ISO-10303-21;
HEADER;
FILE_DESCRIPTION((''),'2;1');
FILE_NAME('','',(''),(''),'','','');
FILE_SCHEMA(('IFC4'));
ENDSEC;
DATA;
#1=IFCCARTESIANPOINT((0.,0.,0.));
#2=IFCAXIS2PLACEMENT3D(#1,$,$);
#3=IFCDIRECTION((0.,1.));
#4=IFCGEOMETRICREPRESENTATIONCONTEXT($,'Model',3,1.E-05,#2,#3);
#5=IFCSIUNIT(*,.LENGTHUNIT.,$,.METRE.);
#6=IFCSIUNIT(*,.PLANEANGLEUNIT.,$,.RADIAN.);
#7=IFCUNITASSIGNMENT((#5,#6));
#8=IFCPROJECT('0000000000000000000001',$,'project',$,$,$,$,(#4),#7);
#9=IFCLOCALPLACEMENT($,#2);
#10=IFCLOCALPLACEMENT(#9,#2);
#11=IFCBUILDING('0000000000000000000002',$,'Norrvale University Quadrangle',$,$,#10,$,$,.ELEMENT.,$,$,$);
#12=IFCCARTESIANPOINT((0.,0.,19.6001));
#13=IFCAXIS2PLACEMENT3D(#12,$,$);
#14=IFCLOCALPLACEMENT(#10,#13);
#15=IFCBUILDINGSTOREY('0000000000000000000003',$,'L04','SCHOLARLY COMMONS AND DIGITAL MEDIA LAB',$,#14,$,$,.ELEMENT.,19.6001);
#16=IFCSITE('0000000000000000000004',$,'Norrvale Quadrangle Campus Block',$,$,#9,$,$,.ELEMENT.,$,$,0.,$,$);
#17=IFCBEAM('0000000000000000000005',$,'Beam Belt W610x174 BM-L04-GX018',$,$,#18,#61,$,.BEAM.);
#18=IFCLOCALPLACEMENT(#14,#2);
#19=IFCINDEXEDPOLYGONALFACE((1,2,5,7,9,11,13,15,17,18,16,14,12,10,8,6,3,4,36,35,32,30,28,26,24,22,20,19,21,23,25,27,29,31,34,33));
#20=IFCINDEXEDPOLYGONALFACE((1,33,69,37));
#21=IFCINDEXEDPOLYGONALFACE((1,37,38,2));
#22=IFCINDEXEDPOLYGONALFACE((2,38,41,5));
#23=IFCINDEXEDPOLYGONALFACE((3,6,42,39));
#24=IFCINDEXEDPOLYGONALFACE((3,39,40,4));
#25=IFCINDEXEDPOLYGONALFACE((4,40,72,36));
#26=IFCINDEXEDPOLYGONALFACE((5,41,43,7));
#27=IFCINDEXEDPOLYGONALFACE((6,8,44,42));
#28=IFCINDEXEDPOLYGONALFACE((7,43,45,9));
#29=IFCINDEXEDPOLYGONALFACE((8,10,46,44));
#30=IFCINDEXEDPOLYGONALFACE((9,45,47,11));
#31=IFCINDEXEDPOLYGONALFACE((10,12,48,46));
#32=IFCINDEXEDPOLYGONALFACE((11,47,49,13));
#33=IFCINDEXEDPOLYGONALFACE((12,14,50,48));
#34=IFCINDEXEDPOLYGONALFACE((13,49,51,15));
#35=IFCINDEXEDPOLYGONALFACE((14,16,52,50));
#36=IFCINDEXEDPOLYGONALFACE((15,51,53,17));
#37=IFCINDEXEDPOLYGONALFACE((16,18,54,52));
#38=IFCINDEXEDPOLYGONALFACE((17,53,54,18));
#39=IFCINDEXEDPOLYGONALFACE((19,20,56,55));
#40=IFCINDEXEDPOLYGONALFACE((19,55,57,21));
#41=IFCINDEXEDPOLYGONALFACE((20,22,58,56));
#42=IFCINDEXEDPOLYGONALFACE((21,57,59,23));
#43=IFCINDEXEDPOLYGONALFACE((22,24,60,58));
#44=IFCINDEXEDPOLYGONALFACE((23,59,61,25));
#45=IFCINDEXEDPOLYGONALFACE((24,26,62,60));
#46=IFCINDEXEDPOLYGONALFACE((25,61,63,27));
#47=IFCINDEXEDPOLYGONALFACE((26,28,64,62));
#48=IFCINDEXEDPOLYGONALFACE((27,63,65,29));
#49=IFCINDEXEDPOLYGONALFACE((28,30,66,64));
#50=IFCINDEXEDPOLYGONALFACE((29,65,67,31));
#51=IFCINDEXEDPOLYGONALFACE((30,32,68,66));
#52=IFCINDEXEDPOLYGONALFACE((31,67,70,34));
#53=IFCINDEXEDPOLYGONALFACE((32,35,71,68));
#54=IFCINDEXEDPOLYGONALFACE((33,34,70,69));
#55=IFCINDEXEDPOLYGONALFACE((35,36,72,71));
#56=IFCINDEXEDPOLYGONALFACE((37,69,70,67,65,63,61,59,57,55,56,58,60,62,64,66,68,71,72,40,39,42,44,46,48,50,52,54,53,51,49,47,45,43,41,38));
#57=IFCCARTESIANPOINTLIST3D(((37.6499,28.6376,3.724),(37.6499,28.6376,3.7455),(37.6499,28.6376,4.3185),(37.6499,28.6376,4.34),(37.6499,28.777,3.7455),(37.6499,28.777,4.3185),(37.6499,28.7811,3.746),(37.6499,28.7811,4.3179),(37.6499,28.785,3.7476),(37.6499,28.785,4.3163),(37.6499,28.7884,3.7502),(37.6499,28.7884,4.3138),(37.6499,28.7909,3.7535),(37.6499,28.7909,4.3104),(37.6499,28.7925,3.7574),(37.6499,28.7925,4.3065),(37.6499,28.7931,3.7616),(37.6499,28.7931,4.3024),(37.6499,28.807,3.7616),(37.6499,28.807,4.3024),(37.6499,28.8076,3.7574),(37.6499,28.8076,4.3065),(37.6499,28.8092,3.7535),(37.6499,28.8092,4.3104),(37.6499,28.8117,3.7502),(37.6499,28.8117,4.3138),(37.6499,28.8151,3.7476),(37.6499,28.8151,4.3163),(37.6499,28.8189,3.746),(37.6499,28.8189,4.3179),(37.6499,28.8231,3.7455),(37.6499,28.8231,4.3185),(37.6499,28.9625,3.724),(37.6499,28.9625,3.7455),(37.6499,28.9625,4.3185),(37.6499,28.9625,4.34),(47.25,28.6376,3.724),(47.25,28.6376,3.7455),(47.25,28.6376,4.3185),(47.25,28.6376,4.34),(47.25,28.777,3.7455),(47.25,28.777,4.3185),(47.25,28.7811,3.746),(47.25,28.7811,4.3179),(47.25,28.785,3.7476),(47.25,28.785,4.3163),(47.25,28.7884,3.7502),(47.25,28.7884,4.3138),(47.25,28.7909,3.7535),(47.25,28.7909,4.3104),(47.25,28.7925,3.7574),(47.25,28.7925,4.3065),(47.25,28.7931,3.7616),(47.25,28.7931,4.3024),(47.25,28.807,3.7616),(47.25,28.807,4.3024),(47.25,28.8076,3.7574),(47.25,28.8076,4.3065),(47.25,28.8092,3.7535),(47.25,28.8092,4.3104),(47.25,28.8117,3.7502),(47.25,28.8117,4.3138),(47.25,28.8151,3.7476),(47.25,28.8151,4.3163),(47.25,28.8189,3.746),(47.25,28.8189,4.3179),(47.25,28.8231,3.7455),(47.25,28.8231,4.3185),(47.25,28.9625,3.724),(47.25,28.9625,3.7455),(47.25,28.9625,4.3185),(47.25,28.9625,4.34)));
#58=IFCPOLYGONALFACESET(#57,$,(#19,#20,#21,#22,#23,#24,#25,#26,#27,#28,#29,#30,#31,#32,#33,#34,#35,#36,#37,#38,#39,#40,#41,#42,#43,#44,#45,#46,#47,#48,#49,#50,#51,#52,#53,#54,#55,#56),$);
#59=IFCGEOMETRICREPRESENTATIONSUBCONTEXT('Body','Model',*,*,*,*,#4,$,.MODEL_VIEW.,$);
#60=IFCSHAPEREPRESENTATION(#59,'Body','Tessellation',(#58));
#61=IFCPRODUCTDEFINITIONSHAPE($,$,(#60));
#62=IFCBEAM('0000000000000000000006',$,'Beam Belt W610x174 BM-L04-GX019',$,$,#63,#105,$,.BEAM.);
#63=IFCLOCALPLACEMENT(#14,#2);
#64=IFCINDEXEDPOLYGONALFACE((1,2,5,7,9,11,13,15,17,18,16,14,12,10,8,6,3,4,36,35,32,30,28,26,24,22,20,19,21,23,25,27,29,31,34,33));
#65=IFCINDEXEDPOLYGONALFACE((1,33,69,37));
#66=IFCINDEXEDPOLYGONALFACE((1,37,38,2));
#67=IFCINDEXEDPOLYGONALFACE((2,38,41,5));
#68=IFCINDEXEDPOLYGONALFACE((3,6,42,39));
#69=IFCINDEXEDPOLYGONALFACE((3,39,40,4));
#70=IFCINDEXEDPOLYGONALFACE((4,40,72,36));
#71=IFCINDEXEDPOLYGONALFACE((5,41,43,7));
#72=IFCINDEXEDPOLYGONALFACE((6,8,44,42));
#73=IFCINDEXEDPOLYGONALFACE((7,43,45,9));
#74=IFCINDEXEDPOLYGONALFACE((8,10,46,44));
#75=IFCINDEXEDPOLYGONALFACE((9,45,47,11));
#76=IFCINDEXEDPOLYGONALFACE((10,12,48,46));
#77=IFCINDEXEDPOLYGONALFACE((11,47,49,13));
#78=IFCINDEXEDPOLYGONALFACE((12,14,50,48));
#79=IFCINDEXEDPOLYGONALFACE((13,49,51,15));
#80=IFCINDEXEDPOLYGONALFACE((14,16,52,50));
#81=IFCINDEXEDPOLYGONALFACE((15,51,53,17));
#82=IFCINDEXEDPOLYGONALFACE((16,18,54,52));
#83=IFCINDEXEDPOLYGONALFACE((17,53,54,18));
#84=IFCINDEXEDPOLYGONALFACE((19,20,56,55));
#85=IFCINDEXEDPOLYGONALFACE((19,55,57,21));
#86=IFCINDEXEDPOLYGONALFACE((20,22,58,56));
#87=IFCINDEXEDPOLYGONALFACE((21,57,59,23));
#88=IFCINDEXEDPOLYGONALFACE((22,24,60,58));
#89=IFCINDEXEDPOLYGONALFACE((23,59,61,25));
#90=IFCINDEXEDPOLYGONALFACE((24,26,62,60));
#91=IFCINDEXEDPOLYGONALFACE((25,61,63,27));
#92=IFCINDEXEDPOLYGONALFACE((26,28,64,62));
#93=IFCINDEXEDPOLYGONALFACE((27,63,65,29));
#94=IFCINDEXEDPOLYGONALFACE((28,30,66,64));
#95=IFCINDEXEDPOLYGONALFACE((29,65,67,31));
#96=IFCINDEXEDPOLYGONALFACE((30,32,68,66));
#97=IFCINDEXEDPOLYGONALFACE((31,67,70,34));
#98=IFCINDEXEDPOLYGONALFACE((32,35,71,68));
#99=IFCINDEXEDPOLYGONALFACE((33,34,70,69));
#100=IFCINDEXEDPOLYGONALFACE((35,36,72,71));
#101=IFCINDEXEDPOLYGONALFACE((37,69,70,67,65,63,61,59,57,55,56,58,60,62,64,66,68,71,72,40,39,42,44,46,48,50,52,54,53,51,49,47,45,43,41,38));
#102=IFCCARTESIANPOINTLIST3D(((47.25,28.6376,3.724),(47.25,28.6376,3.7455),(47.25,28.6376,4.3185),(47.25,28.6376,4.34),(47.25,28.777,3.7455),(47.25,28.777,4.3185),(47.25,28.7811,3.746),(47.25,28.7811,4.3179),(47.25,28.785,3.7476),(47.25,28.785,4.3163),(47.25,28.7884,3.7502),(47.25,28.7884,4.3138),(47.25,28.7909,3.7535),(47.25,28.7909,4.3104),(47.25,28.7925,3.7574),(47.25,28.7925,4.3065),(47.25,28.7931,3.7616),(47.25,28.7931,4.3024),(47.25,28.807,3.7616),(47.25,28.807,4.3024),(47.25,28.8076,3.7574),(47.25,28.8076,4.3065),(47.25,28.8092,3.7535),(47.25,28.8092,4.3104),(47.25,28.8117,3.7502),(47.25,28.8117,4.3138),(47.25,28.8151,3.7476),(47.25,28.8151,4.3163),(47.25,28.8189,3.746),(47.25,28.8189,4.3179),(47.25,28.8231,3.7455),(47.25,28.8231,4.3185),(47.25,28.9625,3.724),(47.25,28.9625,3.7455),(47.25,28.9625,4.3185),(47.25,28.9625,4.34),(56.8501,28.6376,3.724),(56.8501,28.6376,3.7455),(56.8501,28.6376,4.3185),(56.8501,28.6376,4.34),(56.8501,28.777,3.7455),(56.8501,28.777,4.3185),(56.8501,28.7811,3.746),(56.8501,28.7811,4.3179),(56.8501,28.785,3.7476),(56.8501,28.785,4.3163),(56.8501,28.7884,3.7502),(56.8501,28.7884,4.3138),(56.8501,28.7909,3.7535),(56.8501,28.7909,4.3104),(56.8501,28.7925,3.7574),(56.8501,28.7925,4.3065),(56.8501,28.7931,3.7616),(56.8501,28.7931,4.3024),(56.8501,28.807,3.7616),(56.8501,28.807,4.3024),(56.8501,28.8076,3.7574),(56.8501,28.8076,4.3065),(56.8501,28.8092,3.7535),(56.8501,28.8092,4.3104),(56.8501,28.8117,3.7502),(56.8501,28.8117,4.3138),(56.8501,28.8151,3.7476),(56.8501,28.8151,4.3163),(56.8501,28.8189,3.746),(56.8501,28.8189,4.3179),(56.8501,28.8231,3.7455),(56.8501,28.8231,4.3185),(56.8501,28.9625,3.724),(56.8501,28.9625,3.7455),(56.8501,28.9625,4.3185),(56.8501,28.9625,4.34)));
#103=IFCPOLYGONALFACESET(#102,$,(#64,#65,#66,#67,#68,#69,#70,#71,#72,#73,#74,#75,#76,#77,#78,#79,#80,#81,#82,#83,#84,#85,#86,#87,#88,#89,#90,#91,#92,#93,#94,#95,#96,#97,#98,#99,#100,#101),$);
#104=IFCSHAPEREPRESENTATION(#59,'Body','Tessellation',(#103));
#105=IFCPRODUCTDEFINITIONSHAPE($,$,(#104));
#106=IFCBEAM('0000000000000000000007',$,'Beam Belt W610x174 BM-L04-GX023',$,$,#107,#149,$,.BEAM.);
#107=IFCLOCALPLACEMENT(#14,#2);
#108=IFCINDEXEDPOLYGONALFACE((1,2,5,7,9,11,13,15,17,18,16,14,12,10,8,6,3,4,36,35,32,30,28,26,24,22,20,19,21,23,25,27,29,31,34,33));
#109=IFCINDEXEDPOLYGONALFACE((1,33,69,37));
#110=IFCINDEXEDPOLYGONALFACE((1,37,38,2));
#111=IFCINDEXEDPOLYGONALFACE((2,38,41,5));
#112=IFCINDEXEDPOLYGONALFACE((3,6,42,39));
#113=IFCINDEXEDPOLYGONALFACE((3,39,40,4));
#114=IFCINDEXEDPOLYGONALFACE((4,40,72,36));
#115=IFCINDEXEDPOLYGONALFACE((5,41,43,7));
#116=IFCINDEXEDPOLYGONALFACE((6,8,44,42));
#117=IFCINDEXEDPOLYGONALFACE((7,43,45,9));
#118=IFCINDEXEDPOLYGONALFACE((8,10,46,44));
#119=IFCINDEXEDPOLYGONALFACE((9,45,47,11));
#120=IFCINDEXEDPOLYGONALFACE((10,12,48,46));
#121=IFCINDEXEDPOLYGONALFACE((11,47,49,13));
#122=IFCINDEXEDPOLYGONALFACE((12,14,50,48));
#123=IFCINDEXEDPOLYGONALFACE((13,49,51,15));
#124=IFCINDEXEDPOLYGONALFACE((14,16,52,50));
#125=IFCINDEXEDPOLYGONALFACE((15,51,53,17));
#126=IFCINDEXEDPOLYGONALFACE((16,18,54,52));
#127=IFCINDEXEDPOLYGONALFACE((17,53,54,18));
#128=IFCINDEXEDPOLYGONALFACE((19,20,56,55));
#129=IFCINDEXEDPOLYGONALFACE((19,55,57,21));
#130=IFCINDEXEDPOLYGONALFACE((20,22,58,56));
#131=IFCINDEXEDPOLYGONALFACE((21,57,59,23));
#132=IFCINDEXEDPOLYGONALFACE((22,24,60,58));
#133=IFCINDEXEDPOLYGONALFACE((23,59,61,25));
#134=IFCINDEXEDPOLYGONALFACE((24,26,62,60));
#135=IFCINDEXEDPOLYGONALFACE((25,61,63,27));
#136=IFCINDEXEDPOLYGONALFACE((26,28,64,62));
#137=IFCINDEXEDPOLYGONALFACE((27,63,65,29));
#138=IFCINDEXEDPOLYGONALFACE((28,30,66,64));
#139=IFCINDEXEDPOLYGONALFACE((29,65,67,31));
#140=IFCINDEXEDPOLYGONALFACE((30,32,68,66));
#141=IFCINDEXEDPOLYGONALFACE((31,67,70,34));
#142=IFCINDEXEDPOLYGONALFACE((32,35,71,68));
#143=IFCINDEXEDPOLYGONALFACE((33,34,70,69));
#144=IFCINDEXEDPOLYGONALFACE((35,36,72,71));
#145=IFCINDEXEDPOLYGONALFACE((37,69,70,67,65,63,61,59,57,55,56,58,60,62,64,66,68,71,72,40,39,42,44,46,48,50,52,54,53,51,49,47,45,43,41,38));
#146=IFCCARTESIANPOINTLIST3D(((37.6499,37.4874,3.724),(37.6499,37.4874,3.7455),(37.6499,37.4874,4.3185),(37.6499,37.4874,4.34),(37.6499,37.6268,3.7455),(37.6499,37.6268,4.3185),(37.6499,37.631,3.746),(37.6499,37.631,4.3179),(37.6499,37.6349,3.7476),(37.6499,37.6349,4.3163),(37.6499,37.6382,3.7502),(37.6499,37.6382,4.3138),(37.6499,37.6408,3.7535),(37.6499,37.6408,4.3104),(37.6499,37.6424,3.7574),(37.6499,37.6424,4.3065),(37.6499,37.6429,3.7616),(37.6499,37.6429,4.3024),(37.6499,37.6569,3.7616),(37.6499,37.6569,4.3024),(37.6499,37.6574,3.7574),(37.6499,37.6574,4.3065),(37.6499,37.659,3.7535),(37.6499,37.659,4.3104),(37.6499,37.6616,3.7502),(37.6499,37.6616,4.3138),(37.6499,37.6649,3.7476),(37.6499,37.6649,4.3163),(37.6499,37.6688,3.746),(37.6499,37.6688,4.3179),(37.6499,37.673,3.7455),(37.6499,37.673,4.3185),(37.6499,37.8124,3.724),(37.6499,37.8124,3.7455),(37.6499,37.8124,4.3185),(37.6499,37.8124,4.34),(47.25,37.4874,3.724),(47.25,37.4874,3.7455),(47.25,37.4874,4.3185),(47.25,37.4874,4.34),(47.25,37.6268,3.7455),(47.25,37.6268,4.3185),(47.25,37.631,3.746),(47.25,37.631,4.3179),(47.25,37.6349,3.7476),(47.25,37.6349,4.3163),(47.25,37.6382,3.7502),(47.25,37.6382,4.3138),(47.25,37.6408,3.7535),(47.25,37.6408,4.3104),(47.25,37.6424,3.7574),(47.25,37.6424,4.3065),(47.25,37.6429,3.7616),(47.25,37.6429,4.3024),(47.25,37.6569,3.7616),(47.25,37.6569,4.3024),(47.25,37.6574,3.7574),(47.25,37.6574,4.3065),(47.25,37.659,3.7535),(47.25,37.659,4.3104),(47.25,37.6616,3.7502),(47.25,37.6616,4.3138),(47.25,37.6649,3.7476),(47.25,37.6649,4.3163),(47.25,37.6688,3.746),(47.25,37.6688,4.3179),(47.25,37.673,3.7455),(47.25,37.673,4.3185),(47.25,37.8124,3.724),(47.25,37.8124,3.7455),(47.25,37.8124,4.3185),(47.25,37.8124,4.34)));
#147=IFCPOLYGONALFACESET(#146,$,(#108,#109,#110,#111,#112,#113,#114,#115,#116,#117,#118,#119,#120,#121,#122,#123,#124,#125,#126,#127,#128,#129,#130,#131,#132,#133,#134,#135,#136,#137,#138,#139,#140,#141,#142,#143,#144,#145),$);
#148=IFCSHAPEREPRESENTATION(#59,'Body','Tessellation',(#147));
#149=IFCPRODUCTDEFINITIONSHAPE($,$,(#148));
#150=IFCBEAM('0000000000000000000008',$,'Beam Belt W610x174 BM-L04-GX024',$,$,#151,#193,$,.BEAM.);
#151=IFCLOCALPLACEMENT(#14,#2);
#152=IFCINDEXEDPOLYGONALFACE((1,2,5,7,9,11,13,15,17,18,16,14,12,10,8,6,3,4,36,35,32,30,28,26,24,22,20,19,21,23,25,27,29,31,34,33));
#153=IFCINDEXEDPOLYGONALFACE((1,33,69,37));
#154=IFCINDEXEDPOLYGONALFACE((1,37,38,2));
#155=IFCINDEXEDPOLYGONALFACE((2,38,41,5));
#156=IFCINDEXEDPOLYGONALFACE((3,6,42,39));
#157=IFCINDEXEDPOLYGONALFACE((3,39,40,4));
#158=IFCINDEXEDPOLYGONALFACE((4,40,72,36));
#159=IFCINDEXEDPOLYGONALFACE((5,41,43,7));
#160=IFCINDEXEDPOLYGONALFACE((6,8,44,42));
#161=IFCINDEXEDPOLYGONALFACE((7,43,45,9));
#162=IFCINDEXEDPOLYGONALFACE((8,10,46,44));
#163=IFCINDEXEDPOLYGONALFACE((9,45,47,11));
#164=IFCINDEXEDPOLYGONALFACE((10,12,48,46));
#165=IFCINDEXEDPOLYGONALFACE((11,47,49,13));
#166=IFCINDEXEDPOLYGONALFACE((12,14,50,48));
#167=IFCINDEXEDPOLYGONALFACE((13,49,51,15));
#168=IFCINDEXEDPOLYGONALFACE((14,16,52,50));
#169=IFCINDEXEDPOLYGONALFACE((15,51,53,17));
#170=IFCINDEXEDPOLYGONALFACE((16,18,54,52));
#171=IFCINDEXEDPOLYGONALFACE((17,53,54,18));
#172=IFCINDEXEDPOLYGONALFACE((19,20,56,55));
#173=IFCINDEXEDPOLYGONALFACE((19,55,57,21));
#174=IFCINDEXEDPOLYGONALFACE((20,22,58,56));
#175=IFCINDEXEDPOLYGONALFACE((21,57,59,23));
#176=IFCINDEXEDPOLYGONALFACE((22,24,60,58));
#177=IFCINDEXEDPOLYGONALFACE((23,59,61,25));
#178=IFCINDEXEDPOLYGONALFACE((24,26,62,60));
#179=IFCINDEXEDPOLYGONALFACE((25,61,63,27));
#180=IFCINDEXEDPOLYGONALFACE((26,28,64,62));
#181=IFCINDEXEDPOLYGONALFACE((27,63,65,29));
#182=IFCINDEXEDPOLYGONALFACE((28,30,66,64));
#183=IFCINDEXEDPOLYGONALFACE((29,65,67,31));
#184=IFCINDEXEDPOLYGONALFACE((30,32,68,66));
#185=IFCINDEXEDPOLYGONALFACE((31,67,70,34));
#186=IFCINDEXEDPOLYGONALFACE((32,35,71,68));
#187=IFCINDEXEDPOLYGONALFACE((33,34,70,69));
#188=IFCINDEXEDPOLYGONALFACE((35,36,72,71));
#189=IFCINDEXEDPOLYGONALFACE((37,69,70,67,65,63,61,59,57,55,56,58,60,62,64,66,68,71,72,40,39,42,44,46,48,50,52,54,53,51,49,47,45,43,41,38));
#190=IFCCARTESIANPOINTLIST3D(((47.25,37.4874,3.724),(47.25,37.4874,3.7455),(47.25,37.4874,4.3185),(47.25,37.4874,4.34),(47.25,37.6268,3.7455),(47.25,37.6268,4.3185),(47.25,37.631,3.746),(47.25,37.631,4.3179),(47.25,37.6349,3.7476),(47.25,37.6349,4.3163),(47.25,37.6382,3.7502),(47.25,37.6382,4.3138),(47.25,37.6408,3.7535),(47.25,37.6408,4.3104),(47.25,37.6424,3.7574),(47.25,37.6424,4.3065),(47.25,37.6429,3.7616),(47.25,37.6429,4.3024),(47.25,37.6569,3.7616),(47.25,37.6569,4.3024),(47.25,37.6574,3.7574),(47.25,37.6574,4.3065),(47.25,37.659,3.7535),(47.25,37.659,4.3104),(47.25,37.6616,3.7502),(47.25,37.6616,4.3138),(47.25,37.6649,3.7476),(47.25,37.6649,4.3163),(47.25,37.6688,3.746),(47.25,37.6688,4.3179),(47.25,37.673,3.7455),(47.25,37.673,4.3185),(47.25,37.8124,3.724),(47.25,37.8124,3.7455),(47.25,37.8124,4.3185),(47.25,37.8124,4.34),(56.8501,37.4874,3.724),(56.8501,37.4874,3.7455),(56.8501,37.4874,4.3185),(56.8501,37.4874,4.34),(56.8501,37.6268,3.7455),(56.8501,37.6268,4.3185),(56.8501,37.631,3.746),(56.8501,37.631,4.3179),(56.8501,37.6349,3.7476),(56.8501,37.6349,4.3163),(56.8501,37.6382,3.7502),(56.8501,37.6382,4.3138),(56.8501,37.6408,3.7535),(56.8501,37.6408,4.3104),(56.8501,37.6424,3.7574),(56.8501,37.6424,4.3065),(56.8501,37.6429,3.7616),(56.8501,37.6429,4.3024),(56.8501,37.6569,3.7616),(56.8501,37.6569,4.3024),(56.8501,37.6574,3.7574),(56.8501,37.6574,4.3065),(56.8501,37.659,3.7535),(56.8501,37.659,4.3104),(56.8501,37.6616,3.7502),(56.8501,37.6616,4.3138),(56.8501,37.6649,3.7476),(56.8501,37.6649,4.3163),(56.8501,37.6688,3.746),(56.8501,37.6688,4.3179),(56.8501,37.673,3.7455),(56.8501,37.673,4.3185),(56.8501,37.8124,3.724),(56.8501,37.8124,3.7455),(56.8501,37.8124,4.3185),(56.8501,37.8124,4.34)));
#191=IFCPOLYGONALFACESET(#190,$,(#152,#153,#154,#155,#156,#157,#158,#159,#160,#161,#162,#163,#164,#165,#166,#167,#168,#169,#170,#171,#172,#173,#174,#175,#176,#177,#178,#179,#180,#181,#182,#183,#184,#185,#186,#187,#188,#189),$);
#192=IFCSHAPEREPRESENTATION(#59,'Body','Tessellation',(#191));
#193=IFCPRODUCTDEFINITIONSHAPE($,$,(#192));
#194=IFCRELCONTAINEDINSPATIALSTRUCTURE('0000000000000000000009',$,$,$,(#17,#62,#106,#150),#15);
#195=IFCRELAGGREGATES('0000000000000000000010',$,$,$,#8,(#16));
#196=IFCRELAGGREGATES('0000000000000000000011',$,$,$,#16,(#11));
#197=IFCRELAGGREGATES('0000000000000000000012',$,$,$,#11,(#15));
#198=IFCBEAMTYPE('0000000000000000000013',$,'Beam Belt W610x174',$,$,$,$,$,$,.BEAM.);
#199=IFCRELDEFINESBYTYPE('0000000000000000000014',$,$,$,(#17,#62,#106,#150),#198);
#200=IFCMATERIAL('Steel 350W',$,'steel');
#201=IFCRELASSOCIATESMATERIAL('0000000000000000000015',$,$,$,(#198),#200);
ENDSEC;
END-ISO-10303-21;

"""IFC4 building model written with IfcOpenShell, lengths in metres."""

from ifc_helpers import new_model, si_unit, direction, frame, origin, origin_2d, place, context, subcontext, project, spatial, i_section, extrude, material, material_profile, profile_set, type_object, element, save


model = new_model("IFC4")

# Units and contexts
model_context = context("Model", 3, precision=1e-05, world=origin(), true_north=direction((0.0, 1.0)))
body_context = subcontext(model_context, "Body", "Model", "MODEL_VIEW")
ifc_project = project(units=[si_unit("LENGTHUNIT", "METRE"), si_unit("PLANEANGLEUNIT", "RADIAN")], contexts=[model_context])

# Site, building, storey
site_placement = place(None, origin())
site = spatial("IfcSite", under=ifc_project, at=site_placement, Name="Norrvale Quadrangle Campus Block", CompositionType="ELEMENT", RefElevation=0.0)
building_placement = place(site_placement, origin())
building = spatial("IfcBuilding", under=site, at=building_placement, Name="Norrvale University Quadrangle", CompositionType="ELEMENT")
storey_placement = place(building_placement, frame((0.0, 0.0, 19.6001)))
storey = spatial("IfcBuildingStorey", under=building, at=storey_placement, Name="L04", Description="SCHOLARLY COMMONS AND DIGITAL MEDIA LAB", CompositionType="ELEMENT", Elevation=19.6001)

# Beams
ifc_material_1 = material(Name="Steel 350W", Category="steel")
ifc_material_profile_1 = material_profile(ifc_material_1, i_section(OverallWidth=0.325, OverallDepth=0.616, WebThickness=0.0139, FlangeThickness=0.0215, FilletRadius=0.0161, at=origin_2d()), Name="Steel 350W")
ifc_profile_set_1 = profile_set([ifc_material_profile_1], Name="Steel 350W")
beam_type_1 = type_object("IfcBeamType", Name="Beam Belt W610x174", PredefinedType="BEAM", material=ifc_profile_set_1)
for number, where, z_axis, x_axis, name in (
    (1, (37.6499, 28.8, 4.032), (1.0, 0.0, 0.0), (0.0, 1.0, 0.0), "Beam Belt W610x174 BM-L04-GX018"),
    (2, (47.25, 28.8, 4.032), (1.0, 0.0, 0.0), (0.0, 1.0, 0.0), "Beam Belt W610x174 BM-L04-GX019"),
    (3, (37.6499, 37.6499, 4.032), (1.0, 0.0, 0.0), (0.0, 1.0, 0.0), "Beam Belt W610x174 BM-L04-GX023"),
    (4, (47.25, 37.6499, 4.032), (1.0, 0.0, 0.0), (0.0, 1.0, 0.0), "Beam Belt W610x174 BM-L04-GX024"),
):
    element("IfcBeam", number, at=place(storey_placement, frame(where, z_axis=z_axis, x_axis=x_axis)), inside=storey, type_object=beam_type_1, Name=name, PredefinedType="BEAM", context=body_context, shape_type="SweptSolid", body=[
        extrude(i_section(OverallWidth=0.325, OverallDepth=0.616, WebThickness=0.0139, FlangeThickness=0.0215, FilletRadius=0.0161, at=origin_2d()), origin(), (0.0, 0.0, 1.0), 9.6001),
    ])

save(model, "model.ifc")
